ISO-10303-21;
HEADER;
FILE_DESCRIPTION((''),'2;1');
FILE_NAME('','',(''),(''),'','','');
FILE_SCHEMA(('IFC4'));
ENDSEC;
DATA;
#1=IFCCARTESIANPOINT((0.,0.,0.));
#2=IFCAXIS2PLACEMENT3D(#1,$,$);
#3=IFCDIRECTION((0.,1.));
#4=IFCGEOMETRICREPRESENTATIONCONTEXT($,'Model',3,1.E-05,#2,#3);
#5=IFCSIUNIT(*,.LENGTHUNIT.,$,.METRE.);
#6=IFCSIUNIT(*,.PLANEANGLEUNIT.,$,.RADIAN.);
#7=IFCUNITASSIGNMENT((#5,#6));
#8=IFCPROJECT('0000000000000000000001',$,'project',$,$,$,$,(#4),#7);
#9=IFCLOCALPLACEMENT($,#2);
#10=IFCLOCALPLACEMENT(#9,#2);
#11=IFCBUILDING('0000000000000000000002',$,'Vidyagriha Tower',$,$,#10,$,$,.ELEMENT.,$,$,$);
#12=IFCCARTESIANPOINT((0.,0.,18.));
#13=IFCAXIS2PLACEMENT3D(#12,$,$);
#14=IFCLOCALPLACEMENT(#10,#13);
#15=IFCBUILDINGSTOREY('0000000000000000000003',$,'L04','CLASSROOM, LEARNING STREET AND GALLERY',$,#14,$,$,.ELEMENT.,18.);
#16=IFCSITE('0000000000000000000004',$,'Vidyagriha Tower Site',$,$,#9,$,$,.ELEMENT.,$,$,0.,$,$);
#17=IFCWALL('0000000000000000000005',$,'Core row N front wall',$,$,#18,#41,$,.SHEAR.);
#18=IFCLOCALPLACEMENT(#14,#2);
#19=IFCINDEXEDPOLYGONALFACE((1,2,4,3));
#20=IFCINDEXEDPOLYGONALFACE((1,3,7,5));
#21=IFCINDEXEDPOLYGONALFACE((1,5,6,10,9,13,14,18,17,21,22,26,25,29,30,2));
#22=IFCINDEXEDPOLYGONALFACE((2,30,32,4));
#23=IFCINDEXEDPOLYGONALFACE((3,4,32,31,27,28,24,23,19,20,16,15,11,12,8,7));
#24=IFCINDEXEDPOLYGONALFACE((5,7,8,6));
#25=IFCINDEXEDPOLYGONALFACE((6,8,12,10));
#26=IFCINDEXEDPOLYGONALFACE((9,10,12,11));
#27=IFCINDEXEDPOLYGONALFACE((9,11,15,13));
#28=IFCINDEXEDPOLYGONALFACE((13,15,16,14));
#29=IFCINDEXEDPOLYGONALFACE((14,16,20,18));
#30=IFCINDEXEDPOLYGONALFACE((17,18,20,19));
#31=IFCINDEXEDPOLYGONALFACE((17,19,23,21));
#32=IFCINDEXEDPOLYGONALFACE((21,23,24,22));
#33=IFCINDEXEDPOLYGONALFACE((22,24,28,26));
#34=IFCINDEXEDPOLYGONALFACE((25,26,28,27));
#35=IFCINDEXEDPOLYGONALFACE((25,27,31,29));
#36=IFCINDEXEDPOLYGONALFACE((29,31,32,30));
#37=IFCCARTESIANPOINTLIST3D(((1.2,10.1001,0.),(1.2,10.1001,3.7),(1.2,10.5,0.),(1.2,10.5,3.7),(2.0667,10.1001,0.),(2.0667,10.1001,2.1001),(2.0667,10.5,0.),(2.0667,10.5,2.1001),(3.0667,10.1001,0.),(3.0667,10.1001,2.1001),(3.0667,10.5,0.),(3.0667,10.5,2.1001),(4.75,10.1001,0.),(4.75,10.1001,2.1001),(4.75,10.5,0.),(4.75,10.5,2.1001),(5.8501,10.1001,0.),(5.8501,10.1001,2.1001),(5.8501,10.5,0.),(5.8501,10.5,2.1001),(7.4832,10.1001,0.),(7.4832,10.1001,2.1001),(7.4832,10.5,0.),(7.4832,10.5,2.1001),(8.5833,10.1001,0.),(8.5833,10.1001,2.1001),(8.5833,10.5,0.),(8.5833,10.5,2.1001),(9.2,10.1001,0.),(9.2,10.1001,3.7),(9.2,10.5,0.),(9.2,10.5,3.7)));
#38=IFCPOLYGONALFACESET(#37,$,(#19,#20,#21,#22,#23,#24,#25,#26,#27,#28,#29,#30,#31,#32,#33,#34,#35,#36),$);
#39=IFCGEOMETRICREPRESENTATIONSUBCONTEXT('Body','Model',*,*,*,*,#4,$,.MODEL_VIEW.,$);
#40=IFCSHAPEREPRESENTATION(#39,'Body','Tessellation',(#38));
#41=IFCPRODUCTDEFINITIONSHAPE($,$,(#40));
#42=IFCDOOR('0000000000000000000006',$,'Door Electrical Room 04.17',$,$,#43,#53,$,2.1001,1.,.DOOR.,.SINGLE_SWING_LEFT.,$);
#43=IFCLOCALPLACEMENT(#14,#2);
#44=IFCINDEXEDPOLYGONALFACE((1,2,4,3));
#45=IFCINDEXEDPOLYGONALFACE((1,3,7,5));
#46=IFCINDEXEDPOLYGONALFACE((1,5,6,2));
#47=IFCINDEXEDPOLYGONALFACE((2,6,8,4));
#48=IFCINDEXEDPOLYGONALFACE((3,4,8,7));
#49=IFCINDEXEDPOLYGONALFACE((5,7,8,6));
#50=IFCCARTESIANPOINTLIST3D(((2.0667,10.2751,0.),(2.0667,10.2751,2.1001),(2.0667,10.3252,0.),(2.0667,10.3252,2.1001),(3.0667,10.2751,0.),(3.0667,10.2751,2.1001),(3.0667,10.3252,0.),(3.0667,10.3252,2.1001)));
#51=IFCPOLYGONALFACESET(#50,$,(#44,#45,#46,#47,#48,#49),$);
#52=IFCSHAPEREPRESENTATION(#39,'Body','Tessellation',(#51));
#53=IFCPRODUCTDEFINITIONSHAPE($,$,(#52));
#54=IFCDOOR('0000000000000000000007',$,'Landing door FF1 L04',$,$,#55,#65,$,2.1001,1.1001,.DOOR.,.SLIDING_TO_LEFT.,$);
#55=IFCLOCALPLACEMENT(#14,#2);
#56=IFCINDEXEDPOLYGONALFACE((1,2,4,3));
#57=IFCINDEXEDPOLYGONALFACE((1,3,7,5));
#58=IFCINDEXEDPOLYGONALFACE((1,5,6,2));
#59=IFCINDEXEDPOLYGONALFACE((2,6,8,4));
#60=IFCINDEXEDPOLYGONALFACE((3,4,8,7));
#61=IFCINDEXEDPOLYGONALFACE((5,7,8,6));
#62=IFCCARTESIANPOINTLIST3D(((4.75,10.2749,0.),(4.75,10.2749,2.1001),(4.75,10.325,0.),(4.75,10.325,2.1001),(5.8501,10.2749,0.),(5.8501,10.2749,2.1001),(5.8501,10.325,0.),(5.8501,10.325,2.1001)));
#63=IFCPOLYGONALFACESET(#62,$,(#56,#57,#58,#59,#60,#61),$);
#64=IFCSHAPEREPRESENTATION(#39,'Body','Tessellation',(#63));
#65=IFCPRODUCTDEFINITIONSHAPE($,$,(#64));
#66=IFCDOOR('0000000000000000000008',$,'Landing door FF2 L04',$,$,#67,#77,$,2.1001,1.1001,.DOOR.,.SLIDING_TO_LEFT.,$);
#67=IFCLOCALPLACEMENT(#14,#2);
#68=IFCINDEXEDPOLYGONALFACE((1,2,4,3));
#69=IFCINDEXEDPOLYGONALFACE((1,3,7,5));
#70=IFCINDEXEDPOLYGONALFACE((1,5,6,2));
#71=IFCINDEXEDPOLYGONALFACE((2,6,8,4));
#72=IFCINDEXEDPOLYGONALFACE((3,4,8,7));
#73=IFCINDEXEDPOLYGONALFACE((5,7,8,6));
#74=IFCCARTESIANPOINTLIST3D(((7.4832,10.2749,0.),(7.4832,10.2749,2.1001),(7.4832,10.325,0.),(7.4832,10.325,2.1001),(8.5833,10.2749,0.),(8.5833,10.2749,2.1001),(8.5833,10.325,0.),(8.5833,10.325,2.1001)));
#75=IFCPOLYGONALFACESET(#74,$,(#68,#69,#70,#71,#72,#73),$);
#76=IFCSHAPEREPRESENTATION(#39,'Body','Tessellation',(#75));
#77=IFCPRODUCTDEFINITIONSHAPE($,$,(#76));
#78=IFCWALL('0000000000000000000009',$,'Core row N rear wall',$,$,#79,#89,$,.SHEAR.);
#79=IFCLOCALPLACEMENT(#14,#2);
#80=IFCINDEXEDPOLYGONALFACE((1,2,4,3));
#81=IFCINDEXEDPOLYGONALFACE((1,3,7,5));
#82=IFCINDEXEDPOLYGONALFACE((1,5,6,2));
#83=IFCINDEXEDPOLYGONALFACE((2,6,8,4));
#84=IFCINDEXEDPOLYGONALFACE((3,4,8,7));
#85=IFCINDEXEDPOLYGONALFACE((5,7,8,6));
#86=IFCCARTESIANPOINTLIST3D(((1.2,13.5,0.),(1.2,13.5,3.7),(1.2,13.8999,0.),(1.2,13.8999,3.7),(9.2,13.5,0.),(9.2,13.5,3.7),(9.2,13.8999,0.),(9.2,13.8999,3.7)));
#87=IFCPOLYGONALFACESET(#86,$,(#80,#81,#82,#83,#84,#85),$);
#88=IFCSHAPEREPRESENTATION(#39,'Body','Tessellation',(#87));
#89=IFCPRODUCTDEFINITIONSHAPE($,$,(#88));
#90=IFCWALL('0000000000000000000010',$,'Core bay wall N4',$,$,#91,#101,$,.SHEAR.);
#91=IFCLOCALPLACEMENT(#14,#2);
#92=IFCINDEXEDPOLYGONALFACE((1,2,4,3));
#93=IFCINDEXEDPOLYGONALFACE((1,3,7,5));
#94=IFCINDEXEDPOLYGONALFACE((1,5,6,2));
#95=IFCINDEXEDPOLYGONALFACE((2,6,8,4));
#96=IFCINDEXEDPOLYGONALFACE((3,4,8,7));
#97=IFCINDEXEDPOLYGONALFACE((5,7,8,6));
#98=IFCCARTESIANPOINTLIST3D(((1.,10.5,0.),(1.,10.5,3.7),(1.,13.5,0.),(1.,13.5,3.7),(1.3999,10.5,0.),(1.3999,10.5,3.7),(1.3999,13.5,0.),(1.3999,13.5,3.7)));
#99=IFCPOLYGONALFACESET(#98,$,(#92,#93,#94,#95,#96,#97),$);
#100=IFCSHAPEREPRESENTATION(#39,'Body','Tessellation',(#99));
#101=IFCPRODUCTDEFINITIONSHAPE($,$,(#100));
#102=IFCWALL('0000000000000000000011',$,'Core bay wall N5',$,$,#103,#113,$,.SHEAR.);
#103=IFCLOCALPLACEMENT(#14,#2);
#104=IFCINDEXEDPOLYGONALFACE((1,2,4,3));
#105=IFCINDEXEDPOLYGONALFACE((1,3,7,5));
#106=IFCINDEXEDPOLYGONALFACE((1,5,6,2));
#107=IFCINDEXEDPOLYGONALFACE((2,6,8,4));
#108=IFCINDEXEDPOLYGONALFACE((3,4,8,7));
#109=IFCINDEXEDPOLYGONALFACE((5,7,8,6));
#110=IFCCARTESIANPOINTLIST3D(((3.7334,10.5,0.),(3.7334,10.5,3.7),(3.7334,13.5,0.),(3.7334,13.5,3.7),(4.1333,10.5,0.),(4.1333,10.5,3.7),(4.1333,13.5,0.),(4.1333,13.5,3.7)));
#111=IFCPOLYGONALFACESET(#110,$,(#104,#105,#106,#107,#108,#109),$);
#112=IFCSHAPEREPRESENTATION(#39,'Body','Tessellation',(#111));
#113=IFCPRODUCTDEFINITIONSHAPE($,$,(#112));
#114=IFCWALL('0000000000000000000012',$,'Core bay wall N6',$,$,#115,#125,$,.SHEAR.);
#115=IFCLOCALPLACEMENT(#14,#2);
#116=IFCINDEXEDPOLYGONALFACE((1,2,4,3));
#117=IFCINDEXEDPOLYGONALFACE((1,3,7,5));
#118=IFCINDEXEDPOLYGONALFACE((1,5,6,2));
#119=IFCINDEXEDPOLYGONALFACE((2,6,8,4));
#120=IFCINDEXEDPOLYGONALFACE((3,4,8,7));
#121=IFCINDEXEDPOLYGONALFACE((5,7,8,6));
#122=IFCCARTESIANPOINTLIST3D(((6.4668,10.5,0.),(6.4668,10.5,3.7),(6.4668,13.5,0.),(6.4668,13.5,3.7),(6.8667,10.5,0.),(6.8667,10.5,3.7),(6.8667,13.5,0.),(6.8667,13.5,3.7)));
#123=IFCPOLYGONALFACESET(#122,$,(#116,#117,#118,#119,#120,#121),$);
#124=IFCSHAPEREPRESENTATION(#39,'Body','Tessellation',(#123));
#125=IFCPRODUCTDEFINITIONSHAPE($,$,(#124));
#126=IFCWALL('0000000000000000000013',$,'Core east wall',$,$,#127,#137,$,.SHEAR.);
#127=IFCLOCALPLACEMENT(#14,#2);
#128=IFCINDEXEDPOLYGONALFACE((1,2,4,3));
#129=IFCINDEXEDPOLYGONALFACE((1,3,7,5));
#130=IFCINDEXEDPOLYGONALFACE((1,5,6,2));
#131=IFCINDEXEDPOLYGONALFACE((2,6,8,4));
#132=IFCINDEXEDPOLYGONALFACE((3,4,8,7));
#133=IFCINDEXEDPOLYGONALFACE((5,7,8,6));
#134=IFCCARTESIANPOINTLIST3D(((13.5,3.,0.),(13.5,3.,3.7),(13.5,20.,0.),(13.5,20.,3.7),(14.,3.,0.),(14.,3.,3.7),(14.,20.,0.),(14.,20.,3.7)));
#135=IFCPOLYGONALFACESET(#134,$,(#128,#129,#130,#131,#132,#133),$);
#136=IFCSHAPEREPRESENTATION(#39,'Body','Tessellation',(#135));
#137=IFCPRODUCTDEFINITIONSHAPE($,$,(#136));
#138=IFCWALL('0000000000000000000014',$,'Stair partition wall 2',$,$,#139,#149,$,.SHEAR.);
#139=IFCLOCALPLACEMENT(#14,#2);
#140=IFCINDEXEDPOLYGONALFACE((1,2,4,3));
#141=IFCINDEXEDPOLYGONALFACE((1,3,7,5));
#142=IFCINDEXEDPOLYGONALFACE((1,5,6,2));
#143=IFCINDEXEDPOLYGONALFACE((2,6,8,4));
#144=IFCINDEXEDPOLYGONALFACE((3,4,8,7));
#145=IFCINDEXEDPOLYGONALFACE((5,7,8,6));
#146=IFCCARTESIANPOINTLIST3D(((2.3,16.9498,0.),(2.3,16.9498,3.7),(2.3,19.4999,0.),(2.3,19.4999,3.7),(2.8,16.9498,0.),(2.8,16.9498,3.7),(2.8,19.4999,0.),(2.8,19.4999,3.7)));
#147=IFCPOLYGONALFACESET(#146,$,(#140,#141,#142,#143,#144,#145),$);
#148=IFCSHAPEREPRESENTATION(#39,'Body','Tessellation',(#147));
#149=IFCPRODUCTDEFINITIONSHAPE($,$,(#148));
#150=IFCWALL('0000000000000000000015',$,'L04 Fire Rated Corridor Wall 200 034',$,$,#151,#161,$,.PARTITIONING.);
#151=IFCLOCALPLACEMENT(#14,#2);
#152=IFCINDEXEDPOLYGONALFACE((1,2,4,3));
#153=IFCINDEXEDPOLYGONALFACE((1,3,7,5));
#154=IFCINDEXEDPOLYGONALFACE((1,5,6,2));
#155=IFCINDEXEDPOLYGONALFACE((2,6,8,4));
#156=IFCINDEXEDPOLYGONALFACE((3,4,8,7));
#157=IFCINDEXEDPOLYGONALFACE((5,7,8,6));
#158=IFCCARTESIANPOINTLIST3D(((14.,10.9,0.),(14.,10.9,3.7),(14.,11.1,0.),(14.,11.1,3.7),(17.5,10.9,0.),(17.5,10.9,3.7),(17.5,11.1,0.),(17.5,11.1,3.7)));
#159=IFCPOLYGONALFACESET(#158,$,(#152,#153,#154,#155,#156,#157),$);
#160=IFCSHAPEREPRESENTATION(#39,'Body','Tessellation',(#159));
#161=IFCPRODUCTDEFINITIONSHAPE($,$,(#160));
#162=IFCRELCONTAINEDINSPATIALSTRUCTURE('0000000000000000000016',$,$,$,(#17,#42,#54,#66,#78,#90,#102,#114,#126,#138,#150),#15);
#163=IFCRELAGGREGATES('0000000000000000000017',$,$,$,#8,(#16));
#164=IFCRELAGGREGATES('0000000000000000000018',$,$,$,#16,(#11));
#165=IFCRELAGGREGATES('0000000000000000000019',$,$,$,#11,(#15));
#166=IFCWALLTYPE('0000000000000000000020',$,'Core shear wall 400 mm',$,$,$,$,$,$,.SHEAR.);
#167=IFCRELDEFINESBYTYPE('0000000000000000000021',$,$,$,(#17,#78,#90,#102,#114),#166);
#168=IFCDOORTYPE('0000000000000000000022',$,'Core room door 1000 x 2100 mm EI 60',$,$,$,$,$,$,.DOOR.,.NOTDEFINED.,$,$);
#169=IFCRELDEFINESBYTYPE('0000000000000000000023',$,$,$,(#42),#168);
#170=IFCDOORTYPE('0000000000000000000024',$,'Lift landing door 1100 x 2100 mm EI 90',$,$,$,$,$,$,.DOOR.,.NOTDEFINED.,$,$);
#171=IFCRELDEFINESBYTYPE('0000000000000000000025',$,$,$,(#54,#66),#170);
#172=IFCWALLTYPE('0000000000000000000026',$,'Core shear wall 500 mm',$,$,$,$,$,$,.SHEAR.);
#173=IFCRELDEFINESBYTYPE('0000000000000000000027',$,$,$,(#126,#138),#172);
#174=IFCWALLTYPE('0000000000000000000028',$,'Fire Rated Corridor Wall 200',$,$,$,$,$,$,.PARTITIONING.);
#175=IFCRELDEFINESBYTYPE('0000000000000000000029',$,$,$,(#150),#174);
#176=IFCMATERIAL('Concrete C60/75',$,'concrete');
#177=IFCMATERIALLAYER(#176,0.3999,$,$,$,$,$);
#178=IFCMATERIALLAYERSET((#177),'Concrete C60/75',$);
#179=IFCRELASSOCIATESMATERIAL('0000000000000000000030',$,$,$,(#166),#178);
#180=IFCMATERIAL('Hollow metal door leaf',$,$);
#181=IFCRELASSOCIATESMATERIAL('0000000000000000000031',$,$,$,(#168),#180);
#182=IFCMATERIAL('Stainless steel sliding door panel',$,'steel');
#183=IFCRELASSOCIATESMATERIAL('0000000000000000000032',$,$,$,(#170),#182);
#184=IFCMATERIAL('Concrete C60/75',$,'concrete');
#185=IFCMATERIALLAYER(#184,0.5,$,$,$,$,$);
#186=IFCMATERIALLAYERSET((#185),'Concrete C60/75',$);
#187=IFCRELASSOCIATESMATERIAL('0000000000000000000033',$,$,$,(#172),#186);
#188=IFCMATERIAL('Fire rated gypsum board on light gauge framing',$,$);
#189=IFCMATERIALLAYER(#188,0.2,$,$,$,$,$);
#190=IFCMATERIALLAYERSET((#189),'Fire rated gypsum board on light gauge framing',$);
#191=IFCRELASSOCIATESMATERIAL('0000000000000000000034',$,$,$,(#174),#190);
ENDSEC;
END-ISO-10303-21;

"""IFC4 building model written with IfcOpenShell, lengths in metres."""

from ifc_helpers import new_model, si_unit, direction, frame, frame_2d, origin, place, context, subcontext, project, spatial, rectangle, extrude, material, layer, layer_set, type_object, element, fill, save


model = new_model("IFC4")

# Units and contexts
model_context = context("Model", 3, precision=1e-05, world=origin(), true_north=direction((0.0, 1.0)))
body_context = subcontext(model_context, "Body", "Model", "MODEL_VIEW")
ifc_project = project(units=[si_unit("LENGTHUNIT", "METRE"), si_unit("PLANEANGLEUNIT", "RADIAN")], contexts=[model_context])

# Site, building, storey
site_placement = place(None, origin())
site = spatial("IfcSite", under=ifc_project, at=site_placement, Name="Vidyagriha Tower Site", CompositionType="ELEMENT", RefElevation=0.0)
building_placement = place(site_placement, origin())
building = spatial("IfcBuilding", under=site, at=building_placement, Name="Vidyagriha Tower", CompositionType="ELEMENT")
storey_placement = place(building_placement, frame((0.0, 0.0, 18.0)))
storey = spatial("IfcBuildingStorey", under=building, at=storey_placement, Name="L04", Description="CLASSROOM, LEARNING STREET AND GALLERY", CompositionType="ELEMENT", Elevation=18.0)

# Shared definitions
ifc_material_1 = material(Name="Concrete C60/75", Category="concrete")
ifc_layer_1 = layer(ifc_material_1, 0.3999)
ifc_layer_set_1 = layer_set([ifc_layer_1], Name="Concrete C60/75")
wall_type_1 = type_object("IfcWallType", Name="Core shear wall 400 mm", PredefinedType="SHEAR", material=ifc_layer_set_1)
ifc_material_2 = material(Name="Hollow metal door leaf")
door_type_1 = type_object("IfcDoorType", Name="Core room door 1000 x 2100 mm EI 60", OperationType="NOTDEFINED", PredefinedType="DOOR", material=ifc_material_2)

# Wall, openings, doors
wall_1_placement = place(storey_placement, frame((1.2, 10.3, 0.0)))
wall_1 = element("IfcWall", 1, at=wall_1_placement, inside=storey, type_object=wall_type_1, Name="Core row N front wall", PredefinedType="SHEAR", context=body_context, shape_type="SweptSolid", body=[
    extrude(rectangle(XDim=8.0, YDim=0.3999, at=frame_2d((4.0, 0.0))), origin(), (0.0, 0.0, 1.0), 3.7),
])
opening_1_placement = place(wall_1_placement, frame((3.55, 0.0, 0.0)))
opening_1 = element("IfcOpeningElement", 2, at=opening_1_placement, cuts=wall_1, PredefinedType="OPENING", context=body_context, shape_type="SweptSolid", body=[
    extrude(rectangle(XDim=1.1001, YDim=2.1001, at=frame_2d((0.55, 1.05))), frame((0.0, 0.21, 0.0), z_axis=(0.0, -1.0, 0.0), x_axis=(1.0, 0.0, 0.0)), (0.0, 0.0, 1.0), 0.4199),
])
opening_2_placement = place(wall_1_placement, frame((6.2832, 0.0, 0.0)))
opening_2 = element("IfcOpeningElement", 3, at=opening_2_placement, cuts=wall_1, PredefinedType="OPENING", context=body_context, shape_type="SweptSolid", body=[
    extrude(rectangle(XDim=1.1001, YDim=2.1001, at=frame_2d((0.55, 1.05))), frame((0.0, 0.21, 0.0), z_axis=(0.0, -1.0, 0.0), x_axis=(1.0, 0.0, 0.0)), (0.0, 0.0, 1.0), 0.4199),
])
opening_3_placement = place(wall_1_placement, frame((0.8667, 0.0, 0.0)))
opening_3 = element("IfcOpeningElement", 4, at=opening_3_placement, cuts=wall_1, PredefinedType="OPENING", context=body_context, shape_type="SweptSolid", body=[
    extrude(rectangle(XDim=1.0, YDim=2.1001, at=frame_2d((0.5, 1.05))), frame((0.0, 0.21, 0.0), z_axis=(0.0, -1.0, 0.0), x_axis=(1.0, 0.0, 0.0)), (0.0, 0.0, 1.0), 0.4199),
])
door_1_placement = place(opening_3_placement, frame((1.0, 0.0, 0.0), z_axis=(0.0, 0.0, 1.0), x_axis=(-1.0, 0.0, 0.0)))
door_1 = element("IfcDoor", 5, at=door_1_placement, inside=storey, type_object=door_type_1, Name="Door Electrical Room 04.17", OperationType="SINGLE_SWING_LEFT", OverallHeight=2.1001, OverallWidth=1.0, PredefinedType="DOOR", context=body_context, shape_type="SweptSolid", body=[
    extrude(rectangle(XDim=1.0, YDim=2.1001, at=frame_2d((0.5, 1.05))), frame((0.0, 0.0249, 0.0), z_axis=(0.0, -1.0, 0.0), x_axis=(1.0, 0.0, 0.0)), (0.0, 0.0, 1.0), 0.05),
])
fill(opening_3, door_1)
ifc_material_3 = material(Name="Stainless steel sliding door panel", Category="steel")
door_type_2 = type_object("IfcDoorType", Name="Lift landing door 1100 x 2100 mm EI 90", OperationType="NOTDEFINED", PredefinedType="DOOR", material=ifc_material_3)
door_2_placement = place(opening_1_placement, origin())
door_2 = element("IfcDoor", 6, at=door_2_placement, inside=storey, type_object=door_type_2, Name="Landing door FF1 L04", OperationType="SLIDING_TO_LEFT", OverallHeight=2.1001, OverallWidth=1.1001, PredefinedType="DOOR", context=body_context, shape_type="SweptSolid", body=[
    extrude(rectangle(XDim=1.1001, YDim=2.1001, at=frame_2d((0.55, 1.05))), frame((0.0, 0.0249, 0.0), z_axis=(0.0, -1.0, 0.0), x_axis=(1.0, 0.0, 0.0)), (0.0, 0.0, 1.0), 0.05),
])
fill(opening_1, door_2)
door_3_placement = place(opening_2_placement, origin())
door_3 = element("IfcDoor", 7, at=door_3_placement, inside=storey, type_object=door_type_2, Name="Landing door FF2 L04", OperationType="SLIDING_TO_LEFT", OverallHeight=2.1001, OverallWidth=1.1001, PredefinedType="DOOR", context=body_context, shape_type="SweptSolid", body=[
    extrude(rectangle(XDim=1.1001, YDim=2.1001, at=frame_2d((0.55, 1.05))), frame((0.0, 0.0249, 0.0), z_axis=(0.0, -1.0, 0.0), x_axis=(1.0, 0.0, 0.0)), (0.0, 0.0, 1.0), 0.05),
])
fill(opening_2, door_3)

# Walls
wall_2_placement = place(storey_placement, frame((1.2, 13.7, 0.0)))
element("IfcWall", 8, at=wall_2_placement, inside=storey, type_object=wall_type_1, Name="Core row N rear wall", PredefinedType="SHEAR", context=body_context, shape_type="SweptSolid", body=[
    extrude(rectangle(XDim=8.0, YDim=0.3999, at=frame_2d((4.0, 0.0))), origin(), (0.0, 0.0, 1.0), 3.7),
])
for number, where, z_axis, x_axis, name in (
    (9, (1.2, 10.5, 0.0), (0.0, 0.0, 1.0), (0.0, 1.0, 0.0), "Core bay wall N4"),
    (10, (3.9333, 10.5, 0.0), (0.0, 0.0, 1.0), (0.0, 1.0, 0.0), "Core bay wall N5"),
    (11, (6.6667, 10.5, 0.0), (0.0, 0.0, 1.0), (0.0, 1.0, 0.0), "Core bay wall N6"),
):
    element("IfcWall", number, at=place(storey_placement, frame(where, z_axis=z_axis, x_axis=x_axis)), inside=storey, type_object=wall_type_1, Name=name, PredefinedType="SHEAR", context=body_context, shape_type="SweptSolid", body=[
        extrude(rectangle(XDim=3.0, YDim=0.3999, at=frame_2d((1.5, 0.0))), origin(), (0.0, 0.0, 1.0), 3.7),
    ])
ifc_material_4 = material(Name="Concrete C60/75", Category="concrete")
ifc_layer_2 = layer(ifc_material_4, 0.5)
ifc_layer_set_2 = layer_set([ifc_layer_2], Name="Concrete C60/75")
wall_type_2 = type_object("IfcWallType", Name="Core shear wall 500 mm", PredefinedType="SHEAR", material=ifc_layer_set_2)
wall_3_placement = place(storey_placement, frame((13.75, 3.0, 0.0), z_axis=(0.0, 0.0, 1.0), x_axis=(0.0, 1.0, 0.0)))
element("IfcWall", 12, at=wall_3_placement, inside=storey, type_object=wall_type_2, Name="Core east wall", PredefinedType="SHEAR", context=body_context, shape_type="SweptSolid", body=[
    extrude(rectangle(XDim=17.0, YDim=0.5, at=frame_2d((8.5, 0.0))), origin(), (0.0, 0.0, 1.0), 3.7),
])
wall_4_placement = place(storey_placement, frame((2.55, 16.95, 0.0), z_axis=(0.0, 0.0, 1.0), x_axis=(0.0, 1.0, 0.0)))
element("IfcWall", 13, at=wall_4_placement, inside=storey, type_object=wall_type_2, Name="Stair partition wall 2", PredefinedType="SHEAR", context=body_context, shape_type="SweptSolid", body=[
    extrude(rectangle(XDim=2.55, YDim=0.5, at=frame_2d((1.2749, 0.0))), origin(), (0.0, 0.0, 1.0), 3.7),
])
ifc_material_5 = material(Name="Fire rated gypsum board on light gauge framing")
ifc_layer_3 = layer(ifc_material_5, 0.2)
ifc_layer_set_3 = layer_set([ifc_layer_3], Name="Fire rated gypsum board on light gauge framing")
wall_type_3 = type_object("IfcWallType", Name="Fire Rated Corridor Wall 200", PredefinedType="PARTITIONING", material=ifc_layer_set_3)
wall_5_placement = place(storey_placement, frame((14.0, 11.0, 0.0)))
element("IfcWall", 14, at=wall_5_placement, inside=storey, type_object=wall_type_3, Name="L04 Fire Rated Corridor Wall 200 034", PredefinedType="PARTITIONING", context=body_context, shape_type="SweptSolid", body=[
    extrude(rectangle(XDim=3.5, YDim=0.2, at=frame_2d((1.75, 0.0))), origin(), (0.0, 0.0, 1.0), 3.7),
])

save(model, "model.ifc")
